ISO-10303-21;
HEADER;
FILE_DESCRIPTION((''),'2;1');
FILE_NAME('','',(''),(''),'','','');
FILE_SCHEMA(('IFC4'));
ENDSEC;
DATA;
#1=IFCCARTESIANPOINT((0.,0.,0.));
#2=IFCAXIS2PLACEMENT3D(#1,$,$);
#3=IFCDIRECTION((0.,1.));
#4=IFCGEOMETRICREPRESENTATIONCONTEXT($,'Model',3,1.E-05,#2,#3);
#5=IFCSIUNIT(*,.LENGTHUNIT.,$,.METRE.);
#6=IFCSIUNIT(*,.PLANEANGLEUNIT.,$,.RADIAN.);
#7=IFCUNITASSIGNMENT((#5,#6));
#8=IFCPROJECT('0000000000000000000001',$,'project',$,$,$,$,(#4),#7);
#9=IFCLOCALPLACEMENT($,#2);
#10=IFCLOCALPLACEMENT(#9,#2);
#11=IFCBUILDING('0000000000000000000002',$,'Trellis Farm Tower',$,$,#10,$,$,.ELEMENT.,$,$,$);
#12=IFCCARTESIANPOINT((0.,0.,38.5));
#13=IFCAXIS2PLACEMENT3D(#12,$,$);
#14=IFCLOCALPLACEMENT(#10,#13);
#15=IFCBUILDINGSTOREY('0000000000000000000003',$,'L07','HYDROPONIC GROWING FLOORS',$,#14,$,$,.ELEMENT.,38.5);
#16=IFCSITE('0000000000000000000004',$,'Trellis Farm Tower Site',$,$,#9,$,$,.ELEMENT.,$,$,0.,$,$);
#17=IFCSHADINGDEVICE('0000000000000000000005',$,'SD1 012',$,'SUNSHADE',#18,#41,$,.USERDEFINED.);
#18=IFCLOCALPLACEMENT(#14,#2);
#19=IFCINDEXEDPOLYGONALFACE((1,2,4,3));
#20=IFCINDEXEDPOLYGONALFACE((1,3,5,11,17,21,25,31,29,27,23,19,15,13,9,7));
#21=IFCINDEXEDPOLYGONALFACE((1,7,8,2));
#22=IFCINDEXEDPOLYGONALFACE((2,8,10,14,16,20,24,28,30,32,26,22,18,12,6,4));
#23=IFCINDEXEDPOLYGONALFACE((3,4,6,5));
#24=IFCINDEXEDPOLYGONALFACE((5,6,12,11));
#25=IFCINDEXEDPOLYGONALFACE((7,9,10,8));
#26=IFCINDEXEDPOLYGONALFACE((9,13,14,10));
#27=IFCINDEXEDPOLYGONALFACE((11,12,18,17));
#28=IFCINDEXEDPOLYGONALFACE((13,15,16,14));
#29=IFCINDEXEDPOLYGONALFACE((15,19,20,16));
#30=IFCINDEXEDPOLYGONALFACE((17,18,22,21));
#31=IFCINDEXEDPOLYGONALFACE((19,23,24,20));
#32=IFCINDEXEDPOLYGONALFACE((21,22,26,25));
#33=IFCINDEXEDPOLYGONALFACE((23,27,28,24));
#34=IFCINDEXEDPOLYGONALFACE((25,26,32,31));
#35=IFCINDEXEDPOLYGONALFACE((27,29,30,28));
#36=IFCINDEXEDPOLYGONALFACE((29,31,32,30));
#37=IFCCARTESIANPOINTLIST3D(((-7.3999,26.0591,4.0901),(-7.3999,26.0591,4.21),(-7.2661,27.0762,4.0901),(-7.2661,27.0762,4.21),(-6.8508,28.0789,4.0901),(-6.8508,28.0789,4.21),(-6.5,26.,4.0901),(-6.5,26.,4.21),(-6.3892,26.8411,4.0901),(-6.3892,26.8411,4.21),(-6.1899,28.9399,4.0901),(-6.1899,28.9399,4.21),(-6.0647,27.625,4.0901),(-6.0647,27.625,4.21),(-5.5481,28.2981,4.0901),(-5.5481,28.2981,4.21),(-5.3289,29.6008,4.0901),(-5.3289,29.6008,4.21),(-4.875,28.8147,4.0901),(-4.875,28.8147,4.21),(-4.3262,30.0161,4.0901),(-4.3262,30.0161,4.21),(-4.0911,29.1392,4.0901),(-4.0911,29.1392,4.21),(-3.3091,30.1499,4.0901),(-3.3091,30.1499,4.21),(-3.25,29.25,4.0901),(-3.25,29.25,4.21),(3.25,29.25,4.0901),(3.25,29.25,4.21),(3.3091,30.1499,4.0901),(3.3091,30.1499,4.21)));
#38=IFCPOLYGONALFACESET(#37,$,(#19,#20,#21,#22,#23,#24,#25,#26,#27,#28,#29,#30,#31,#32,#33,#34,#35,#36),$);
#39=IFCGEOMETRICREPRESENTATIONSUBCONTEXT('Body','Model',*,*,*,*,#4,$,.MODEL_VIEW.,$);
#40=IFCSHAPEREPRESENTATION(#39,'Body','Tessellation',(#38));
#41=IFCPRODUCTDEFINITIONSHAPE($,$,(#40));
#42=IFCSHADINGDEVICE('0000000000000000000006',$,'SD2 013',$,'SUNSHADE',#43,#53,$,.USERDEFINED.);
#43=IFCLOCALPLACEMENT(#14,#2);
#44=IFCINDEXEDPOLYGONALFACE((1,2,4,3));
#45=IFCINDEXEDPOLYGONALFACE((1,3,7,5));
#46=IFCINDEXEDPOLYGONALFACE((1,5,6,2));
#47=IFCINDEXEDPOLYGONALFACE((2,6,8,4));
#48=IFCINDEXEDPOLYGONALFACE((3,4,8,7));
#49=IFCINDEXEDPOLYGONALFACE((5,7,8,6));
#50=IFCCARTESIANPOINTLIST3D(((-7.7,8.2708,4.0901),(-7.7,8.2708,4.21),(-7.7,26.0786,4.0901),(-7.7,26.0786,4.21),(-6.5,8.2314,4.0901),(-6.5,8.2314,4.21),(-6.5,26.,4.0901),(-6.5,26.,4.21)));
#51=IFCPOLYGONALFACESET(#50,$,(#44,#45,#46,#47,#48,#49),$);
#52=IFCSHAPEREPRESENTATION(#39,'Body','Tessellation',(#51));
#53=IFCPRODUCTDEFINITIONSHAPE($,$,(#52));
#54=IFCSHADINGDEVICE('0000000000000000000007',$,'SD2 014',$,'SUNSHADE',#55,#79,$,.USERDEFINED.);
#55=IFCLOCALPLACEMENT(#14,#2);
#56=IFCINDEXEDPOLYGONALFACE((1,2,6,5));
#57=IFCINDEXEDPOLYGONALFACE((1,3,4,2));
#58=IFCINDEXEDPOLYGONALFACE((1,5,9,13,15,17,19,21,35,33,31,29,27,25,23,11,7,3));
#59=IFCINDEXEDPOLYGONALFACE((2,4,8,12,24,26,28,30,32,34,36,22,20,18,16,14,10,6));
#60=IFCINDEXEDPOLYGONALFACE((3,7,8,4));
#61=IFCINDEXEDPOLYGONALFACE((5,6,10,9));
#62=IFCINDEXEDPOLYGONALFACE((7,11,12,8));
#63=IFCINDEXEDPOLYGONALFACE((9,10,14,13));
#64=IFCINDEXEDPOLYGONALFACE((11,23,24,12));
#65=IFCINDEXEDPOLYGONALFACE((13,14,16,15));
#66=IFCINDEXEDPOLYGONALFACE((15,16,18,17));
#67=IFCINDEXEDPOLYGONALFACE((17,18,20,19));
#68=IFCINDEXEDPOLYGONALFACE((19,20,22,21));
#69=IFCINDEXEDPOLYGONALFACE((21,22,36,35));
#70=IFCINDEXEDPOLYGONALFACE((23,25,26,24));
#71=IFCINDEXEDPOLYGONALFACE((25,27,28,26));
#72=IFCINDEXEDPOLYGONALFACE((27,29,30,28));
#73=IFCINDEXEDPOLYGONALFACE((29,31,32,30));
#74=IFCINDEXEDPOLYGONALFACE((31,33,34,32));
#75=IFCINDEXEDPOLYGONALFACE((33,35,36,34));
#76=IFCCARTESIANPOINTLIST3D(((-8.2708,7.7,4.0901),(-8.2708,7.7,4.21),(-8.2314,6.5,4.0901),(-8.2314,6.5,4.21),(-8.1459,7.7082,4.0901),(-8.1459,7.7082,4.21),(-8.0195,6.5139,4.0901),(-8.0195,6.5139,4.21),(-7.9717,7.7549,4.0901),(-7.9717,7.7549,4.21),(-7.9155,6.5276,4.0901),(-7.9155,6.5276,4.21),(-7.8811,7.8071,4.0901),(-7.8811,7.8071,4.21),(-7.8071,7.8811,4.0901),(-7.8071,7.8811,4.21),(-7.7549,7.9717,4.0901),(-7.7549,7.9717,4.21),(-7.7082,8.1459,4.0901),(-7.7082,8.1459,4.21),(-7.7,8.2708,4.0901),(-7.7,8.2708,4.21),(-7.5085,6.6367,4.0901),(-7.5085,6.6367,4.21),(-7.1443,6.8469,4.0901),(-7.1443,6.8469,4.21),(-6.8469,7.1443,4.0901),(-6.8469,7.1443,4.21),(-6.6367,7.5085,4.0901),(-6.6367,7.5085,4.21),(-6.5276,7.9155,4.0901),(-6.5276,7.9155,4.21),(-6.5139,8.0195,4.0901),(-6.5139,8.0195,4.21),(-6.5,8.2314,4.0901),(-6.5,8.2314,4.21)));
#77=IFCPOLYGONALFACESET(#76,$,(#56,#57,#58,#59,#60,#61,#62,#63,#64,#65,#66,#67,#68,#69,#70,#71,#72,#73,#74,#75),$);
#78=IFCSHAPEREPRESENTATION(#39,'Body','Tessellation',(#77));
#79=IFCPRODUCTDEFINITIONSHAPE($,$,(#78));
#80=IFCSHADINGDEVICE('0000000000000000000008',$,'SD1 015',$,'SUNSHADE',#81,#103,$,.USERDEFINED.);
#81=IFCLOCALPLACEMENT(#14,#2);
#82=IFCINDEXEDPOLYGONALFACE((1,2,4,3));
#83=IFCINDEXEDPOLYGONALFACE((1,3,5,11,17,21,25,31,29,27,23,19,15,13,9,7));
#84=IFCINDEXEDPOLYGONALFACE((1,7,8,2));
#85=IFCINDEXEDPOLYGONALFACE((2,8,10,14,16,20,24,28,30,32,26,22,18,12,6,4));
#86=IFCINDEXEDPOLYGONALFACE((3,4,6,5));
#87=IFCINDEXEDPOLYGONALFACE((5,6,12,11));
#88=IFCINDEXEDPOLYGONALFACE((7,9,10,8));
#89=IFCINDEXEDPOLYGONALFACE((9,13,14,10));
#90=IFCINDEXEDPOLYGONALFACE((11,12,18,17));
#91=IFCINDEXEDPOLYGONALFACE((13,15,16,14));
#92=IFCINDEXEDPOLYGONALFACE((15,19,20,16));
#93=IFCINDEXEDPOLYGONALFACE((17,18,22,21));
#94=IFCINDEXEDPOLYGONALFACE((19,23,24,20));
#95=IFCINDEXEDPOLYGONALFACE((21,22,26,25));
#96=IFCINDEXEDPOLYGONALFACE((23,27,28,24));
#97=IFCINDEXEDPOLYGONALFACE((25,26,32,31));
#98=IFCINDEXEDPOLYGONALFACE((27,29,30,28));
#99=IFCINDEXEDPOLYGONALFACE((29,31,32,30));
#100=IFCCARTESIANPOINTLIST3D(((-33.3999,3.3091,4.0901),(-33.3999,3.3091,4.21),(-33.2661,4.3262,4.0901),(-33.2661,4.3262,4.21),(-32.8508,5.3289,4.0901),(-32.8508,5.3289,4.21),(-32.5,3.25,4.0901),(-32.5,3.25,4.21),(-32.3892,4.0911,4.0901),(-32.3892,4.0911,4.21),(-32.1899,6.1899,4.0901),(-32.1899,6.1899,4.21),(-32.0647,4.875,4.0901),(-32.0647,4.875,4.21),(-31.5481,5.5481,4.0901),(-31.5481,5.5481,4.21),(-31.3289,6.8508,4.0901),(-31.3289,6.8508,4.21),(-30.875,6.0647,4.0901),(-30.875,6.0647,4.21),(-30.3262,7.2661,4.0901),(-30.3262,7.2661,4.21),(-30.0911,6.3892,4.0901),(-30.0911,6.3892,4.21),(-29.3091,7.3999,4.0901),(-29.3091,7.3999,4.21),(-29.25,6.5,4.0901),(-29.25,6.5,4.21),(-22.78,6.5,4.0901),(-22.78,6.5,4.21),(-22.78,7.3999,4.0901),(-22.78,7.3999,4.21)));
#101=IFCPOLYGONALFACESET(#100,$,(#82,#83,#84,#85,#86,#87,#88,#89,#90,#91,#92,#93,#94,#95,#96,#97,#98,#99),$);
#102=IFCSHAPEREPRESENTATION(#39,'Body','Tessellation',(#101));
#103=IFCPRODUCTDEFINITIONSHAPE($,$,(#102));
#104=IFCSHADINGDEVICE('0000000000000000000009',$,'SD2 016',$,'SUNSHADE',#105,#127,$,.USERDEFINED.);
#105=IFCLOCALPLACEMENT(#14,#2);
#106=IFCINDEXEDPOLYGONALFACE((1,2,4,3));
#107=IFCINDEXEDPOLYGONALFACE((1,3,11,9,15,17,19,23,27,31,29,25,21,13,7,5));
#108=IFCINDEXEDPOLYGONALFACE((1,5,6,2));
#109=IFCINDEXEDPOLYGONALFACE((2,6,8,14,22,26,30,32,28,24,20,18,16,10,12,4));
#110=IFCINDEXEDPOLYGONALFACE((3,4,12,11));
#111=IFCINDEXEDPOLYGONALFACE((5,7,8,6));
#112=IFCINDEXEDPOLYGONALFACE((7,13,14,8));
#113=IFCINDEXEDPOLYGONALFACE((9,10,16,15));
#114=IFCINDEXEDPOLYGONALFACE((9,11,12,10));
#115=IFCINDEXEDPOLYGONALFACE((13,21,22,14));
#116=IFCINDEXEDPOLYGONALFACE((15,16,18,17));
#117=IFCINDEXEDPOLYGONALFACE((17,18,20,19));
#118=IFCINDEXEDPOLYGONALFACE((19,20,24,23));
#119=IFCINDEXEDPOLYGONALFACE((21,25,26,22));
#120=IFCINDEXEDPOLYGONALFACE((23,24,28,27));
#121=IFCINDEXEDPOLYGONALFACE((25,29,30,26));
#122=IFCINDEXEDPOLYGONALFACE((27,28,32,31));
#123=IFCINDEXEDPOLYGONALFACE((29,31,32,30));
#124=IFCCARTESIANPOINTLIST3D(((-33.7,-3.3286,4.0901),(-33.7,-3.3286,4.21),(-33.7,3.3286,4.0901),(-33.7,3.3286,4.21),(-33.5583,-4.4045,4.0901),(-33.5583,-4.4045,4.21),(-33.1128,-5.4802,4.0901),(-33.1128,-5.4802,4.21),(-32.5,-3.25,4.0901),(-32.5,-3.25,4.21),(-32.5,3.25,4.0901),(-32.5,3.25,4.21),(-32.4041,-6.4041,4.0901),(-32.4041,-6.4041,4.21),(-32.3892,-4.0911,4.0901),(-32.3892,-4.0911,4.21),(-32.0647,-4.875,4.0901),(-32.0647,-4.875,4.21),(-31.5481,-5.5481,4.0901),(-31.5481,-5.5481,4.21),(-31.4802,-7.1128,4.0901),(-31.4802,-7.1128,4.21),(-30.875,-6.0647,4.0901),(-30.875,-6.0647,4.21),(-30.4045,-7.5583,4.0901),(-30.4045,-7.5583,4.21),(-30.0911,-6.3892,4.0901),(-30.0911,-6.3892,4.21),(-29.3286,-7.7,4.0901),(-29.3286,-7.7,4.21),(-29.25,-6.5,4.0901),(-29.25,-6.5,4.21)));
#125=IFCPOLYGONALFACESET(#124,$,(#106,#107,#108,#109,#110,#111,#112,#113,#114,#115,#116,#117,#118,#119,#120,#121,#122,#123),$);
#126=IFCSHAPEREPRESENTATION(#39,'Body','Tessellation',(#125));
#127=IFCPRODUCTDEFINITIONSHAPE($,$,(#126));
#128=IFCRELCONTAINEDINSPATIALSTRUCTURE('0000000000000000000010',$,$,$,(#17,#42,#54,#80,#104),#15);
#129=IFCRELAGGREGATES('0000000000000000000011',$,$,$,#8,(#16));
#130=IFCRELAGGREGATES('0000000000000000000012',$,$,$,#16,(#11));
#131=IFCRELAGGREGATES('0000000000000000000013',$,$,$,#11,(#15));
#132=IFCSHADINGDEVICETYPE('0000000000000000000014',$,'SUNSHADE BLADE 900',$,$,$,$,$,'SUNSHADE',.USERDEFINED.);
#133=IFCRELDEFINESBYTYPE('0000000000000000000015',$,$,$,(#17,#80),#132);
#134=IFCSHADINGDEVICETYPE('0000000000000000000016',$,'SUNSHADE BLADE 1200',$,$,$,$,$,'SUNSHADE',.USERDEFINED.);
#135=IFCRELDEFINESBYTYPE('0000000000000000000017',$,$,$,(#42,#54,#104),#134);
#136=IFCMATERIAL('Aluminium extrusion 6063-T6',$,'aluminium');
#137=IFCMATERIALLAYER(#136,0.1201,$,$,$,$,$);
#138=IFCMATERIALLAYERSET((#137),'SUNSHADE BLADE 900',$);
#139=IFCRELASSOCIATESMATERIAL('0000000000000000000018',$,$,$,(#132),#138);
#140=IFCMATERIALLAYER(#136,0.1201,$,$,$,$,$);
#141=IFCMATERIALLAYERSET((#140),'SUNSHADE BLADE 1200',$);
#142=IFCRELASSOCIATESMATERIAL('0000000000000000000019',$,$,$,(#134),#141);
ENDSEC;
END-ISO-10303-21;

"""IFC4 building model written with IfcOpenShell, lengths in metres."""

from ifc_helpers import new_model, si_unit, direction, frame, origin, place, context, subcontext, project, spatial, polyline, outline, extrude, source, transform, mapped, material, layer, layer_set, type_object, element, save


model = new_model("IFC4")

# Units and contexts
model_context = context("Model", 3, precision=1e-05, world=origin(), true_north=direction((0.0, 1.0)))
body_context = subcontext(model_context, "Body", "Model", "MODEL_VIEW")
ifc_project = project(units=[si_unit("LENGTHUNIT", "METRE"), si_unit("PLANEANGLEUNIT", "RADIAN")], contexts=[model_context])

# Site, building, storey
site_placement = place(None, origin())
site = spatial("IfcSite", under=ifc_project, at=site_placement, Name="Trellis Farm Tower Site", CompositionType="ELEMENT", RefElevation=0.0)
building_placement = place(site_placement, origin())
building = spatial("IfcBuilding", under=site, at=building_placement, Name="Trellis Farm Tower", CompositionType="ELEMENT")
storey_placement = place(building_placement, frame((0.0, 0.0, 38.5)))
storey = spatial("IfcBuildingStorey", under=building, at=storey_placement, Name="L07", Description="HYDROPONIC GROWING FLOORS", CompositionType="ELEMENT", Elevation=38.5)

# Shared definitions
ifc_material_1 = material(Name="Aluminium extrusion 6063-T6", Category="aluminium")

# Shading devices
ifc_layer_1 = layer(ifc_material_1, 0.1201)
ifc_layer_set_1 = layer_set([ifc_layer_1], Name="SUNSHADE BLADE 900")
shading_device_type_1 = type_object("IfcShadingDeviceType", Name="SUNSHADE BLADE 900", ElementType="SUNSHADE", PredefinedType="USERDEFINED", material=ifc_layer_set_1)
shared_shape_1 = source(origin(), body_context, "Body", "SweptSolid", [
    extrude(outline(polyline([(3.3091, 30.1499), (-3.3091, 30.1499), (-4.3262, 30.0161), (-5.3289, 29.6008), (-6.1899, 28.9399), (-6.8508, 28.0789), (-7.2661, 27.0762), (-7.3999, 26.0591), (-6.5, 26.0), (-6.3892, 26.8411), (-6.0647, 27.625), (-5.5481, 28.2981), (-4.875, 28.8147), (-4.0911, 29.1392), (-3.25, 29.25), (3.25, 29.25), (3.3091, 30.1499)])), origin(), (0.0, 0.0, 1.0), 0.1199),
])
placement_1 = place(storey_placement, frame((0.0, 0.0, 4.0901)))
element("IfcShadingDevice", 1, at=placement_1, inside=storey, type_object=shading_device_type_1, Name="SD1 012", ObjectType="SUNSHADE", PredefinedType="USERDEFINED", context=body_context, shape_type="MappedRepresentation", body=[
    mapped(shared_shape_1, transform((0.0, 0.0, 0.0))),
])
ifc_layer_2 = layer(ifc_material_1, 0.1201)
ifc_layer_set_2 = layer_set([ifc_layer_2], Name="SUNSHADE BLADE 1200")
shading_device_type_2 = type_object("IfcShadingDeviceType", Name="SUNSHADE BLADE 1200", ElementType="SUNSHADE", PredefinedType="USERDEFINED", material=ifc_layer_set_2)
shared_shape_2 = source(origin(), body_context, "Body", "SweptSolid", [
    extrude(outline(polyline([(-7.7, 26.0786), (-7.7, 8.2708), (-6.5, 8.2314), (-6.5, 26.0), (-7.7, 26.0786)])), origin(), (0.0, 0.0, 1.0), 0.1199),
])
element("IfcShadingDevice", 2, at=placement_1, inside=storey, type_object=shading_device_type_2, Name="SD2 013", ObjectType="SUNSHADE", PredefinedType="USERDEFINED", context=body_context, shape_type="MappedRepresentation", body=[
    mapped(shared_shape_2, transform((0.0, 0.0, 0.0))),
])
shared_shape_3 = source(origin(), body_context, "Body", "SweptSolid", [
    extrude(outline(polyline([(-7.7, 8.2708), (-7.7087, 8.1372), (-7.707, 8.1501), (-7.7549, 7.9717), (-7.8071, 7.8811), (-7.8811, 7.8071), (-7.9717, 7.7549), (-8.1501, 7.707), (-8.1372, 7.7087), (-8.2708, 7.7), (-8.2314, 6.5), (-8.0195, 6.5139), (-7.9155, 6.5276), (-7.5085, 6.6367), (-7.1443, 6.8469), (-6.8469, 7.1443), (-6.6367, 7.5085), (-6.5276, 7.9155), (-6.5139, 8.0195), (-6.5, 8.2314), (-7.7, 8.2708)])), origin(), (0.0, 0.0, 1.0), 0.1199),
])
element("IfcShadingDevice", 3, at=placement_1, inside=storey, type_object=shading_device_type_2, Name="SD2 014", ObjectType="SUNSHADE", PredefinedType="USERDEFINED", context=body_context, shape_type="MappedRepresentation", body=[
    mapped(shared_shape_3, transform((0.0, 0.0, 0.0))),
])
shared_shape_4 = source(origin(), body_context, "Body", "SweptSolid", [
    extrude(outline(polyline([(-22.78, 7.3999), (-29.3091, 7.3999), (-30.3262, 7.2661), (-31.3289, 6.8508), (-32.1899, 6.1899), (-32.8508, 5.3289), (-33.2661, 4.3262), (-33.3999, 3.3091), (-32.5, 3.25), (-32.3892, 4.0911), (-32.0647, 4.875), (-31.5481, 5.5481), (-30.875, 6.0647), (-30.0911, 6.3892), (-29.25, 6.5), (-22.78, 6.5), (-22.78, 7.3999)])), origin(), (0.0, 0.0, 1.0), 0.1199),
])
element("IfcShadingDevice", 4, at=placement_1, inside=storey, type_object=shading_device_type_1, Name="SD1 015", ObjectType="SUNSHADE", PredefinedType="USERDEFINED", context=body_context, shape_type="MappedRepresentation", body=[
    mapped(shared_shape_4, transform((0.0, 0.0, 0.0))),
])
shared_shape_5 = source(origin(), body_context, "Body", "SweptSolid", [
    extrude(outline(polyline([(-33.7, 3.3286), (-33.7, -3.3286), (-33.5583, -4.4045), (-33.1128, -5.4802), (-32.4041, -6.4041), (-31.4802, -7.1128), (-30.4045, -7.5583), (-29.3286, -7.7), (-29.25, -6.5), (-30.0911, -6.3892), (-30.875, -6.0647), (-31.5481, -5.5481), (-32.0647, -4.875), (-32.3892, -4.0911), (-32.5, -3.25), (-32.5, 3.25), (-33.7, 3.3286)])), origin(), (0.0, 0.0, 1.0), 0.1199),
])
element("IfcShadingDevice", 5, at=placement_1, inside=storey, type_object=shading_device_type_2, Name="SD2 016", ObjectType="SUNSHADE", PredefinedType="USERDEFINED", context=body_context, shape_type="MappedRepresentation", body=[
    mapped(shared_shape_5, transform((0.0, 0.0, 0.0))),
])

save(model, "model.ifc")
